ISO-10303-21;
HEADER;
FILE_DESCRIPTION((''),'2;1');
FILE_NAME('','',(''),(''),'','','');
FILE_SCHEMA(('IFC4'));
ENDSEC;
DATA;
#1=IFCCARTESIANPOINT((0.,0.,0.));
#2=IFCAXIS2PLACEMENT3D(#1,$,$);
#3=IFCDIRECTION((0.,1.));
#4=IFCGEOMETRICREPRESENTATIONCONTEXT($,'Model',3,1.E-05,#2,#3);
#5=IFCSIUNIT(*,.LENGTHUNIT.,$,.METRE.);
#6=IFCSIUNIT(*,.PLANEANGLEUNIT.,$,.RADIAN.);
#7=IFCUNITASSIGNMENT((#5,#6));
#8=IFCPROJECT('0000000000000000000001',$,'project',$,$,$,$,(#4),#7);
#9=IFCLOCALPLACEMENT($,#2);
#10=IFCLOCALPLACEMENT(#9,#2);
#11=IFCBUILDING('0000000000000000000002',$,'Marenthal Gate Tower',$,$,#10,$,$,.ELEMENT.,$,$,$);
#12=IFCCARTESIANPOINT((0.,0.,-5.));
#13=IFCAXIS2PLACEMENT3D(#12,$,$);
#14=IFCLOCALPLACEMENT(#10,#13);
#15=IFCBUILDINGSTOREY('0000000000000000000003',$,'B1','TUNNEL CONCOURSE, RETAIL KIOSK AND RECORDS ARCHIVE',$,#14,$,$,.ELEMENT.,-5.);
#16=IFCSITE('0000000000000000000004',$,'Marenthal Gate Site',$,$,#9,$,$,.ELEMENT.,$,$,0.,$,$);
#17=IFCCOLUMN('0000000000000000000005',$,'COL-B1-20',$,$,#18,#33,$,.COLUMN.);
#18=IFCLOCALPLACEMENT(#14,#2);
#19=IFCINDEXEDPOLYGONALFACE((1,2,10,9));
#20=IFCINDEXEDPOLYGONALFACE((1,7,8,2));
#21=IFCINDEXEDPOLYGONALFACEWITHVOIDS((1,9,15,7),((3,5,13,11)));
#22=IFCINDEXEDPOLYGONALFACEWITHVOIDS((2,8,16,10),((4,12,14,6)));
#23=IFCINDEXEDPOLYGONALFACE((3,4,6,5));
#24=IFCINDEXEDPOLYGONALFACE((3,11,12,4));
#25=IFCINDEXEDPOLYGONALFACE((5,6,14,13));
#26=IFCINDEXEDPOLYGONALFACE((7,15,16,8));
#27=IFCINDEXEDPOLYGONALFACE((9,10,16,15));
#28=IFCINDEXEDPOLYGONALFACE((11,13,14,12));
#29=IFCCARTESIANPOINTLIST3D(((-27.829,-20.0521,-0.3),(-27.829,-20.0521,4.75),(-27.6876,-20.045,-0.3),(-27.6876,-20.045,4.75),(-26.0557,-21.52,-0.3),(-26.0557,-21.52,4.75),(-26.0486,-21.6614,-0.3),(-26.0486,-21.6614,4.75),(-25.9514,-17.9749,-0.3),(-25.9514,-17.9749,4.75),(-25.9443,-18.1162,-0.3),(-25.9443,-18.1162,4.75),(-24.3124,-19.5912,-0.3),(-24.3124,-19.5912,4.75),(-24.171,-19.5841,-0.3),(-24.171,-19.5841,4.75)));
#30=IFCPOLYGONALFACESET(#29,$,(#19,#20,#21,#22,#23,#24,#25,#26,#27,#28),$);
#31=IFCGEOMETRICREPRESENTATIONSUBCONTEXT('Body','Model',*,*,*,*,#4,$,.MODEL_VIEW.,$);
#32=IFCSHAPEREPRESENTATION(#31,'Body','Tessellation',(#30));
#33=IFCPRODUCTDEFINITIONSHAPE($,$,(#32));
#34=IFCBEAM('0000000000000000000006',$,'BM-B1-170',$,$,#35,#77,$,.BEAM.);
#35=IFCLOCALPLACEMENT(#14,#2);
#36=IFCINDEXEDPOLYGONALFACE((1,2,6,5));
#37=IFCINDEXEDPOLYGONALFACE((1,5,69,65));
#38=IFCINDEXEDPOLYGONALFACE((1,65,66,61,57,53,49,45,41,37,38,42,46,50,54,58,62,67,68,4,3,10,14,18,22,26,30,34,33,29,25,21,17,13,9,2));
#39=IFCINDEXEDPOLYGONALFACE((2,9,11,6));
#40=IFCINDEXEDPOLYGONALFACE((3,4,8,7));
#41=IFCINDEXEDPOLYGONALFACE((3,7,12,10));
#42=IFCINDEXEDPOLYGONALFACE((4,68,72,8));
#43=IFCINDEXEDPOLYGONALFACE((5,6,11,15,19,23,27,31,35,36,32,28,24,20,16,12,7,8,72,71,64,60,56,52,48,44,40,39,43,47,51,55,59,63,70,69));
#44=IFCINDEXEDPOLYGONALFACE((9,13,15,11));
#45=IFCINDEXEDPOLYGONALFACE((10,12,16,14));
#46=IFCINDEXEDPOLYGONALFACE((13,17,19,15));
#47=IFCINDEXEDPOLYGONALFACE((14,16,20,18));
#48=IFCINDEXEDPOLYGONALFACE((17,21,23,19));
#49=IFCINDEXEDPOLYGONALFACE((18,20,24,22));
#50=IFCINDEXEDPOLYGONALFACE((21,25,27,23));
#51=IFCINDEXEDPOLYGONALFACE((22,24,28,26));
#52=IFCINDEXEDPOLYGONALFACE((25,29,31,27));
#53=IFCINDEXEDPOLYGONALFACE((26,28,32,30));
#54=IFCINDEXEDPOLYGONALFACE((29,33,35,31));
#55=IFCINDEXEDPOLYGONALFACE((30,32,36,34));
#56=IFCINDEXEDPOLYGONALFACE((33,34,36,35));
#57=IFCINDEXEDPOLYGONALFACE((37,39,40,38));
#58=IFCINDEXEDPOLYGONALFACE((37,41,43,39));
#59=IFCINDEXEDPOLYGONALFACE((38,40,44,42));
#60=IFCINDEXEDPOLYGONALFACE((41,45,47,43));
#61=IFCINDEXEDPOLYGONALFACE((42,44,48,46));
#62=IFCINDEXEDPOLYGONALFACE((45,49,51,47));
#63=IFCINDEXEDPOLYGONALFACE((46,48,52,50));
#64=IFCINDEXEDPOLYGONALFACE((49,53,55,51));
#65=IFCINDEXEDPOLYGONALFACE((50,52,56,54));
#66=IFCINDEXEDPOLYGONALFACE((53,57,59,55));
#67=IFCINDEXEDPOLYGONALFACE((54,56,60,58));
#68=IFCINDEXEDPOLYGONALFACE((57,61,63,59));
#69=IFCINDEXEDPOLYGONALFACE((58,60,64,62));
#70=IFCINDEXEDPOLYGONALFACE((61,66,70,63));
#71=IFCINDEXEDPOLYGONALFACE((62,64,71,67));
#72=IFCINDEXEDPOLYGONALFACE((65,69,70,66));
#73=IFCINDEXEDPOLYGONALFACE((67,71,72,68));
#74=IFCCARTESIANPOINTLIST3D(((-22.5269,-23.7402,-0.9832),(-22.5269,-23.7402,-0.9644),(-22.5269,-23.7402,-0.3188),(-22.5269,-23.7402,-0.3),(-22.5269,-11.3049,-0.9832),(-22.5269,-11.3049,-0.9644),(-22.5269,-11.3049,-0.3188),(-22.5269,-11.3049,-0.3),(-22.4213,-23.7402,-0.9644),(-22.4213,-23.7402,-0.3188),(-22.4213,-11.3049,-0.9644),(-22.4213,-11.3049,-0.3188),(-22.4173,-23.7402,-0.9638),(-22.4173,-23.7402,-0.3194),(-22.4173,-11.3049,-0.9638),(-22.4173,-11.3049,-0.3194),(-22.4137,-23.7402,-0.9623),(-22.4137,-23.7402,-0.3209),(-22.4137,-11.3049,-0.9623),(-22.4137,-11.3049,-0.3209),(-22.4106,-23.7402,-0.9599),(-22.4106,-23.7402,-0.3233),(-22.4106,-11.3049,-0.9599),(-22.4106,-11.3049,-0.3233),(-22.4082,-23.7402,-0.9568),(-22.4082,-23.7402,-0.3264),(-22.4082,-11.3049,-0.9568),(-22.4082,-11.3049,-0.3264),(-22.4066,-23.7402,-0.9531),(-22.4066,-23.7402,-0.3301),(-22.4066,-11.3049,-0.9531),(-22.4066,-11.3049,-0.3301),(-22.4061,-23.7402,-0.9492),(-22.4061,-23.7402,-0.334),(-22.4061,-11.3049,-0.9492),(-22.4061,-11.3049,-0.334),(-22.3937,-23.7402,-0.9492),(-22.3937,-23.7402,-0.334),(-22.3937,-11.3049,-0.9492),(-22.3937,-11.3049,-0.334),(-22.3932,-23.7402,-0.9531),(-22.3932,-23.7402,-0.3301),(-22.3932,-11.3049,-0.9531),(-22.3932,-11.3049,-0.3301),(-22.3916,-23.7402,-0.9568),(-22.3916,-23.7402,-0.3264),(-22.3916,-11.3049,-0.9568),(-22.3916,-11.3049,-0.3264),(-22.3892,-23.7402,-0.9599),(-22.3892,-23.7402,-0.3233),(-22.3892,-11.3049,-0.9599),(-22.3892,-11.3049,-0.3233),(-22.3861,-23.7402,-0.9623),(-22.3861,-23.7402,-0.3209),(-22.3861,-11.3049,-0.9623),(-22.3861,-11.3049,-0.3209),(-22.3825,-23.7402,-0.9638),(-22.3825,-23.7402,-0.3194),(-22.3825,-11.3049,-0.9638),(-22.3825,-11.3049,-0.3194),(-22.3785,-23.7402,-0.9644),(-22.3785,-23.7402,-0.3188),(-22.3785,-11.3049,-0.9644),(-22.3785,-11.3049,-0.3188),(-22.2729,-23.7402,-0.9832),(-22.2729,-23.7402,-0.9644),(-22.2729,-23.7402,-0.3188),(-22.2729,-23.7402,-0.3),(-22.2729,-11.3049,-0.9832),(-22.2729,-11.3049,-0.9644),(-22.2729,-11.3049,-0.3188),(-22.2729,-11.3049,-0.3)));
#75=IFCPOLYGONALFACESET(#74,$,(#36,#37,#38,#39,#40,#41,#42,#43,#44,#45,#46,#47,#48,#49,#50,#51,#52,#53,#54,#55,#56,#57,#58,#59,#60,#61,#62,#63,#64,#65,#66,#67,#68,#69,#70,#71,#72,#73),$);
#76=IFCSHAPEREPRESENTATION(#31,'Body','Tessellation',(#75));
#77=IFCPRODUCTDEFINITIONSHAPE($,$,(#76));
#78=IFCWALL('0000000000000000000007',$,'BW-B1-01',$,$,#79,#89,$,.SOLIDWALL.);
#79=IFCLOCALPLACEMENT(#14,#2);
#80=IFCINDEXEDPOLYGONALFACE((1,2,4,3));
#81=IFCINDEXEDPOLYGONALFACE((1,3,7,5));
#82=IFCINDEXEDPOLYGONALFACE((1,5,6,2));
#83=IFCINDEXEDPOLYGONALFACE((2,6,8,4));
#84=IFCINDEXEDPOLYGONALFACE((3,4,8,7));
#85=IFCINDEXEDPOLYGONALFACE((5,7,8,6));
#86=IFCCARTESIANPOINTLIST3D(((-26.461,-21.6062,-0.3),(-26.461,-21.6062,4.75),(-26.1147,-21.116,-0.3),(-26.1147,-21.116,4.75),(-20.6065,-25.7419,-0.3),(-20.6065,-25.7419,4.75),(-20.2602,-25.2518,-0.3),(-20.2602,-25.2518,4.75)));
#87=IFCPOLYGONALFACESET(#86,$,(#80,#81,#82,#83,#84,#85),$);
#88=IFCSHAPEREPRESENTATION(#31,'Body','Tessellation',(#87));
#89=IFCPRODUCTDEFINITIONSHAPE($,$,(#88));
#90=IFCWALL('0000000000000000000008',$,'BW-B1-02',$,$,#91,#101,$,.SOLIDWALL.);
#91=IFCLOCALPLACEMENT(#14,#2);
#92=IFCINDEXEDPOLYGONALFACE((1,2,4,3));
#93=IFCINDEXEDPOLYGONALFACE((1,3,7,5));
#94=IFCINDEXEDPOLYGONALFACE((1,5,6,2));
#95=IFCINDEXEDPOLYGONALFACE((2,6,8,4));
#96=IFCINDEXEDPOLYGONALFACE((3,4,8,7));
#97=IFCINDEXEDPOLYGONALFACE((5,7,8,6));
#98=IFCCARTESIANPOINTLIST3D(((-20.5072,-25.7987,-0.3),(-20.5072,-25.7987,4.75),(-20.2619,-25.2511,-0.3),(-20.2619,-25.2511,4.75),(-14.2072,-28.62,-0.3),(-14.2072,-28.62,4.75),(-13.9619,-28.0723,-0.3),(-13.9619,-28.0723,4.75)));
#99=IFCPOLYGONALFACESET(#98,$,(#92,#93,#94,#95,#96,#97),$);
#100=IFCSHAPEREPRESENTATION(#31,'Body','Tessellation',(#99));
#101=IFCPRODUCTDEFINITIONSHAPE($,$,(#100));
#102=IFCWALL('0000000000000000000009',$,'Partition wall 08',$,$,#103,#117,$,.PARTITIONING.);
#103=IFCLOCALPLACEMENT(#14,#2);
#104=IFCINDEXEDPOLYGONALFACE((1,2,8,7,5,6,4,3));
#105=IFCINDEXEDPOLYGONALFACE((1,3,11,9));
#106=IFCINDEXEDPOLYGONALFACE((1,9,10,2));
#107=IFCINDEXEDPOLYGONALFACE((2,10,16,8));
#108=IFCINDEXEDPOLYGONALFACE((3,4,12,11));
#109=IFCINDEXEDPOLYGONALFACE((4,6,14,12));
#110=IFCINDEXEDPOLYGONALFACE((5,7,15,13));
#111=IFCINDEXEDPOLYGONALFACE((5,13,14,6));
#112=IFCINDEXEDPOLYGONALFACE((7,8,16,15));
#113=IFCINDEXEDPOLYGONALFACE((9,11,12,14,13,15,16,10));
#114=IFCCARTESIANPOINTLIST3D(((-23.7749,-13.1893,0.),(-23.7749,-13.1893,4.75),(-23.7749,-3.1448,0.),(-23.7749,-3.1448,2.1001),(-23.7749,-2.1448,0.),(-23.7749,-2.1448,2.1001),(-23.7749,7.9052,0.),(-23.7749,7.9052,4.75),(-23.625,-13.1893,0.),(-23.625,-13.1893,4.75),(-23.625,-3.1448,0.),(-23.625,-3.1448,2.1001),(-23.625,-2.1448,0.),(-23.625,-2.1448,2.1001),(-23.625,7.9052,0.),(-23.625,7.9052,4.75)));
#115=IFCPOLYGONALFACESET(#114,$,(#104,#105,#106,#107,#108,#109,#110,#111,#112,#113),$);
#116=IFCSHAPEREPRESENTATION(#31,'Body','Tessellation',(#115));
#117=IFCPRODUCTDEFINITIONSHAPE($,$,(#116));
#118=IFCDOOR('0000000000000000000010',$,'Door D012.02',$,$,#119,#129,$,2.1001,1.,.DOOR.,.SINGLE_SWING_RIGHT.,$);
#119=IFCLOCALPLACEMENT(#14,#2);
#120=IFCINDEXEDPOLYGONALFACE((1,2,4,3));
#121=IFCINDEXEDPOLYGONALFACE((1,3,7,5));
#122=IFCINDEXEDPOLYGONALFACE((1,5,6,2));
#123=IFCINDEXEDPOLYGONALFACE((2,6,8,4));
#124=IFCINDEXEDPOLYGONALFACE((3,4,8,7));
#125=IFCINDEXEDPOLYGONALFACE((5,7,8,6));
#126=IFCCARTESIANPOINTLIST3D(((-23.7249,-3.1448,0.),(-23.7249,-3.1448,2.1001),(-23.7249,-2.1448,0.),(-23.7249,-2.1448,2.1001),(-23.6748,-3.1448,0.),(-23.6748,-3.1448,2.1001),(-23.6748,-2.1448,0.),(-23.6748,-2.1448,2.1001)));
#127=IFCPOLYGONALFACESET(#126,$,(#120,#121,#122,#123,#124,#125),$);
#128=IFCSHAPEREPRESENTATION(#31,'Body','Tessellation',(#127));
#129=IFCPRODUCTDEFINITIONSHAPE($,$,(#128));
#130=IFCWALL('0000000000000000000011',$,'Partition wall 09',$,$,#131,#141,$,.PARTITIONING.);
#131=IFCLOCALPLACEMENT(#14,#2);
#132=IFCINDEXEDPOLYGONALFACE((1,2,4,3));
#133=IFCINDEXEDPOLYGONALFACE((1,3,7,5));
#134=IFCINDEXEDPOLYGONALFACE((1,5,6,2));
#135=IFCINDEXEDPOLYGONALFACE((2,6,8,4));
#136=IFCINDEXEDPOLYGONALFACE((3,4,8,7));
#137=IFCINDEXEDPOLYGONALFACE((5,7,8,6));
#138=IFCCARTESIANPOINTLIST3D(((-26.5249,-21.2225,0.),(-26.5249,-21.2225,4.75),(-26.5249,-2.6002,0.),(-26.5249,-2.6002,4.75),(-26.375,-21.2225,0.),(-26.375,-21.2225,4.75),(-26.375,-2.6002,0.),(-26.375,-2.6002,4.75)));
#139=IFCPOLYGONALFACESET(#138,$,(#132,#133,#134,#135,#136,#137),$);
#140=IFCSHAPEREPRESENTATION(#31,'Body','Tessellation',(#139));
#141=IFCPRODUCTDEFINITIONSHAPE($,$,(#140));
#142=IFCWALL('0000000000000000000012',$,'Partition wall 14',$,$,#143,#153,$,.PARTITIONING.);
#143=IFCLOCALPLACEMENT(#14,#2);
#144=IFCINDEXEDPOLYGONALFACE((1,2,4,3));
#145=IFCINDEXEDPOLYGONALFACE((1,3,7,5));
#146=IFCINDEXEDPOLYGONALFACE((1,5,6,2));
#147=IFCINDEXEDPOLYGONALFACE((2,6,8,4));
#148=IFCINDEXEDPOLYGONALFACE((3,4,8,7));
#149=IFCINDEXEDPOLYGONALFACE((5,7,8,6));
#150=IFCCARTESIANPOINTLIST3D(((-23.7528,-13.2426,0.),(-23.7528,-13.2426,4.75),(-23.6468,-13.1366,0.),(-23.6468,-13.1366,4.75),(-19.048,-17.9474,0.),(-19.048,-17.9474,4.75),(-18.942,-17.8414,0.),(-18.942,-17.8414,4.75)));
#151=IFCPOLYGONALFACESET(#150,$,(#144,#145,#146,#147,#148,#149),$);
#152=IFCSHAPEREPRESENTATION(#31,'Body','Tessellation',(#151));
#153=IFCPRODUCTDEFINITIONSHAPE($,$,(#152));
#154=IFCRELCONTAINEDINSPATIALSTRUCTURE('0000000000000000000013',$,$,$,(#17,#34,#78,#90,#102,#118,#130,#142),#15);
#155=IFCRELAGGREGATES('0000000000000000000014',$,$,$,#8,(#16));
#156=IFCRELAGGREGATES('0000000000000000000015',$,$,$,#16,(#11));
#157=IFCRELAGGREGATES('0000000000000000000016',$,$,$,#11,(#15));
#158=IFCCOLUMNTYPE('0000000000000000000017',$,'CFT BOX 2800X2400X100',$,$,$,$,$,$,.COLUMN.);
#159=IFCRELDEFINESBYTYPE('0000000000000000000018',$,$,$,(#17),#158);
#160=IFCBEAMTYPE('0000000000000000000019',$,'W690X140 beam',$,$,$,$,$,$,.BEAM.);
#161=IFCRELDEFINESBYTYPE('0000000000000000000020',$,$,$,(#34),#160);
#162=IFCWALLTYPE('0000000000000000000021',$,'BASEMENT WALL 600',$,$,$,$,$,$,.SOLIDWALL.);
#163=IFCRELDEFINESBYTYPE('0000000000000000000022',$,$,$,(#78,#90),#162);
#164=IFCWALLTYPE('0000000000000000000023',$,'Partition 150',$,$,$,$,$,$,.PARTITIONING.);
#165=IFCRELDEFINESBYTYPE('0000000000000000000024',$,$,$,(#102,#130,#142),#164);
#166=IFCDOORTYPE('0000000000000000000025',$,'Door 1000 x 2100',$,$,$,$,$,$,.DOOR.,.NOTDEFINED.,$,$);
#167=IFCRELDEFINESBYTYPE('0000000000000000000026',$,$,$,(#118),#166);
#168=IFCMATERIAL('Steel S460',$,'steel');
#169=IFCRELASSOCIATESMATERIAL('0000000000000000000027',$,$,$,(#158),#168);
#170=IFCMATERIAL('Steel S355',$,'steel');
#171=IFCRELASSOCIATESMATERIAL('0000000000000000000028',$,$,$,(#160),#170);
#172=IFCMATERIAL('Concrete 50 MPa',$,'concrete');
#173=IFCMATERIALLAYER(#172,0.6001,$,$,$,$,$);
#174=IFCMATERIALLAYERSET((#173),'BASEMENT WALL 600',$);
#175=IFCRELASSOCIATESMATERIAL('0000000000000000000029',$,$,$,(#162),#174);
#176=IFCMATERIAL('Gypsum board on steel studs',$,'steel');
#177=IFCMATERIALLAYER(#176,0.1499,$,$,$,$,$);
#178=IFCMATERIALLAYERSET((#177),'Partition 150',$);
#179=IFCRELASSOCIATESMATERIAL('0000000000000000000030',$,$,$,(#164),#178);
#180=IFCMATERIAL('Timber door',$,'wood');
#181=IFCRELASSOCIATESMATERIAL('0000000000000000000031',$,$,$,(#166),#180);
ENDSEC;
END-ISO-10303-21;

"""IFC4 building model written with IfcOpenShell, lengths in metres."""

from ifc_helpers import new_model, si_unit, direction, frame, frame_2d, origin, origin_2d, place, context, subcontext, project, spatial, rectangle, hollow_rectangle, i_section, extrude, material, layer, layer_set, material_profile, profile_set, type_object, element, fill, save


model = new_model("IFC4")

# Units and contexts
model_context = context("Model", 3, precision=1e-05, world=origin(), true_north=direction((0.0, 1.0)))
body_context = subcontext(model_context, "Body", "Model", "MODEL_VIEW")
ifc_project = project(units=[si_unit("LENGTHUNIT", "METRE"), si_unit("PLANEANGLEUNIT", "RADIAN")], contexts=[model_context])

# Site, building, storey
site_placement = place(None, origin())
site = spatial("IfcSite", under=ifc_project, at=site_placement, Name="Marenthal Gate Site", CompositionType="ELEMENT", RefElevation=0.0)
building_placement = place(site_placement, origin())
building = spatial("IfcBuilding", under=site, at=building_placement, Name="Marenthal Gate Tower", CompositionType="ELEMENT")
storey_placement = place(building_placement, frame((0.0, 0.0, -5.0)))
storey = spatial("IfcBuildingStorey", under=building, at=storey_placement, Name="B1", Description="TUNNEL CONCOURSE, RETAIL KIOSK AND RECORDS ARCHIVE", CompositionType="ELEMENT", Elevation=-5.0)

# Column
ifc_material_1 = material(Name="Steel S460", Category="steel")
ifc_material_profile_1 = material_profile(ifc_material_1, hollow_rectangle(XDim=2.3999, YDim=2.8, WallThickness=0.1001, at=origin_2d()), Name="CFT BOX 2800X2400X100")
ifc_material_2 = material(Name="Concrete 70 MPa", Category="concrete")
ifc_material_profile_2 = material_profile(ifc_material_2, rectangle(XDim=2.2, YDim=2.6001, at=origin_2d()), Name="CFT BOX 2800X2400X100 INFILL")
ifc_profile_set_1 = profile_set([ifc_material_profile_1, ifc_material_profile_2], Name="Steel S460 shell, Concrete 70 MPa infill")
column_type = type_object("IfcColumnType", Name="CFT BOX 2800X2400X100", PredefinedType="COLUMN", material=ifc_profile_set_1)
column_placement = place(storey_placement, frame((-26.0, -19.8181, -0.3), z_axis=(0.0, 0.0, 1.0), x_axis=(-0.741874, 0.670539, 0.0)))
element("IfcColumn", 1, at=column_placement, inside=storey, type_object=column_type, Name="COL-B1-20", PredefinedType="COLUMN", context=body_context, shape_type="SweptSolid", body=[
    extrude(hollow_rectangle(XDim=2.3999, YDim=2.8, WallThickness=0.1001, at=origin_2d()), origin(), (0.0, 0.0, 1.0), 5.05),
])

# Beam
ifc_material_3 = material(Name="Steel S355", Category="steel")
ifc_material_profile_3 = material_profile(ifc_material_3, i_section(OverallWidth=0.2539, OverallDepth=0.6831, WebThickness=0.0125, FlangeThickness=0.0188, FilletRadius=0.0151, at=origin_2d()), Name="W690X140")
ifc_profile_set_2 = profile_set([ifc_material_profile_3], Name="Steel S355")
beam_type = type_object("IfcBeamType", Name="W690X140 beam", PredefinedType="BEAM", material=ifc_profile_set_2)
beam_placement = place(storey_placement, frame((-22.3999, -11.3049, -0.6416), z_axis=(0.0, -1.0, 0.0), x_axis=(1.0, 0.0, 0.0)))
element("IfcBeam", 2, at=beam_placement, inside=storey, type_object=beam_type, Name="BM-B1-170", PredefinedType="BEAM", context=body_context, shape_type="SweptSolid", body=[
    extrude(i_section(OverallWidth=0.2539, OverallDepth=0.6831, WebThickness=0.0125, FlangeThickness=0.0188, FilletRadius=0.0151, at=origin_2d()), origin(), (0.0, 0.0, 1.0), 12.4353),
])

# Walls
ifc_material_4 = material(Name="Concrete 50 MPa", Category="concrete")
ifc_layer_1 = layer(ifc_material_4, 0.6001)
ifc_layer_set_1 = layer_set([ifc_layer_1], Name="BASEMENT WALL 600")
wall_type_1 = type_object("IfcWallType", Name="BASEMENT WALL 600", PredefinedType="SOLIDWALL", material=ifc_layer_set_1)
wall_1_placement = place(storey_placement, frame((-26.2878, -21.3611, -0.3), z_axis=(0.0, 0.0, 1.0), x_axis=(0.81676, -0.576977, 0.0)))
element("IfcWall", 3, at=wall_1_placement, inside=storey, type_object=wall_type_1, Name="BW-B1-01", PredefinedType="SOLIDWALL", context=body_context, shape_type="SweptSolid", body=[
    extrude(rectangle(XDim=7.168, YDim=0.6001, at=frame_2d((3.584, 0.0))), origin(), (0.0, 0.0, 1.0), 5.05),
])
wall_2_placement = place(storey_placement, frame((-20.3845, -25.5249, -0.3), z_axis=(0.0, 0.0, 1.0), x_axis=(0.912664, -0.40871, 0.0)))
element("IfcWall", 4, at=wall_2_placement, inside=storey, type_object=wall_type_1, Name="BW-B1-02", PredefinedType="SOLIDWALL", context=body_context, shape_type="SweptSolid", body=[
    extrude(rectangle(XDim=6.9028, YDim=0.6001, at=frame_2d((3.4514, 0.0))), origin(), (0.0, 0.0, 1.0), 5.05),
])

# Wall, opening, door
ifc_material_5 = material(Name="Gypsum board on steel studs", Category="steel")
ifc_layer_2 = layer(ifc_material_5, 0.1499)
ifc_layer_set_2 = layer_set([ifc_layer_2], Name="Partition 150")
wall_type_2 = type_object("IfcWallType", Name="Partition 150", PredefinedType="PARTITIONING", material=ifc_layer_set_2)
wall_3_placement = place(storey_placement, frame((-23.7, -13.1895, 0.0), z_axis=(0.0, 0.0, 1.0), x_axis=(0.0, 1.0, 0.0)))
wall_3 = element("IfcWall", 5, at=wall_3_placement, inside=storey, type_object=wall_type_2, Name="Partition wall 08", PredefinedType="PARTITIONING", context=body_context, shape_type="SweptSolid", body=[
    extrude(rectangle(XDim=21.0945, YDim=0.1499, at=frame_2d((10.5474, 0.0))), origin(), (0.0, 0.0, 1.0), 4.75),
])
opening_1_placement = place(wall_3_placement, frame((10.0447, 0.0, 0.0)))
opening_1 = element("IfcOpeningElement", 6, at=opening_1_placement, cuts=wall_3, PredefinedType="OPENING", context=body_context, shape_type="SweptSolid", body=[
    extrude(rectangle(XDim=1.0, YDim=2.1001, at=frame_2d((0.5, 1.05))), frame((0.0, 0.085, 0.0), z_axis=(0.0, -1.0, 0.0), x_axis=(1.0, 0.0, 0.0)), (0.0, 0.0, 1.0), 0.1699),
])
ifc_material_6 = material(Name="Timber door", Category="wood")
door_type_1 = type_object("IfcDoorType", Name="Door 1000 x 2100", OperationType="NOTDEFINED", PredefinedType="DOOR", material=ifc_material_6)
door_1_placement = place(opening_1_placement, origin())
door_1 = element("IfcDoor", 7, at=door_1_placement, inside=storey, type_object=door_type_1, Name="Door D012.02", OperationType="SINGLE_SWING_RIGHT", OverallHeight=2.1001, OverallWidth=1.0, PredefinedType="DOOR", context=body_context, shape_type="SweptSolid", body=[
    extrude(rectangle(XDim=1.0, YDim=2.1001, at=frame_2d((0.5, 1.05))), frame((0.0, 0.0249, 0.0), z_axis=(0.0, -1.0, 0.0), x_axis=(1.0, 0.0, 0.0)), (0.0, 0.0, 1.0), 0.05),
])
fill(opening_1, door_1)

# Walls
wall_4_placement = place(storey_placement, frame((-26.45, -21.2224, 0.0), z_axis=(0.0, 0.0, 1.0), x_axis=(0.0, 1.0, 0.0)))
element("IfcWall", 8, at=wall_4_placement, inside=storey, type_object=wall_type_2, Name="Partition wall 09", PredefinedType="PARTITIONING", context=body_context, shape_type="SweptSolid", body=[
    extrude(rectangle(XDim=18.6223, YDim=0.1499, at=frame_2d((9.311, 0.0))), origin(), (0.0, 0.0, 1.0), 4.75),
])
wall_5_placement = place(storey_placement, frame((-18.9951, -17.8943, 0.0), z_axis=(0.0, 0.0, 1.0), x_axis=(-0.707107, 0.707107, 0.0)))
element("IfcWall", 9, at=wall_5_placement, inside=storey, type_object=wall_type_2, Name="Partition wall 14", PredefinedType="PARTITIONING", context=body_context, shape_type="SweptSolid", body=[
    extrude(rectangle(XDim=6.6536, YDim=0.1499, at=frame_2d((3.3267, 0.0))), origin(), (0.0, 0.0, 1.0), 4.75),
])

save(model, "model.ifc")
